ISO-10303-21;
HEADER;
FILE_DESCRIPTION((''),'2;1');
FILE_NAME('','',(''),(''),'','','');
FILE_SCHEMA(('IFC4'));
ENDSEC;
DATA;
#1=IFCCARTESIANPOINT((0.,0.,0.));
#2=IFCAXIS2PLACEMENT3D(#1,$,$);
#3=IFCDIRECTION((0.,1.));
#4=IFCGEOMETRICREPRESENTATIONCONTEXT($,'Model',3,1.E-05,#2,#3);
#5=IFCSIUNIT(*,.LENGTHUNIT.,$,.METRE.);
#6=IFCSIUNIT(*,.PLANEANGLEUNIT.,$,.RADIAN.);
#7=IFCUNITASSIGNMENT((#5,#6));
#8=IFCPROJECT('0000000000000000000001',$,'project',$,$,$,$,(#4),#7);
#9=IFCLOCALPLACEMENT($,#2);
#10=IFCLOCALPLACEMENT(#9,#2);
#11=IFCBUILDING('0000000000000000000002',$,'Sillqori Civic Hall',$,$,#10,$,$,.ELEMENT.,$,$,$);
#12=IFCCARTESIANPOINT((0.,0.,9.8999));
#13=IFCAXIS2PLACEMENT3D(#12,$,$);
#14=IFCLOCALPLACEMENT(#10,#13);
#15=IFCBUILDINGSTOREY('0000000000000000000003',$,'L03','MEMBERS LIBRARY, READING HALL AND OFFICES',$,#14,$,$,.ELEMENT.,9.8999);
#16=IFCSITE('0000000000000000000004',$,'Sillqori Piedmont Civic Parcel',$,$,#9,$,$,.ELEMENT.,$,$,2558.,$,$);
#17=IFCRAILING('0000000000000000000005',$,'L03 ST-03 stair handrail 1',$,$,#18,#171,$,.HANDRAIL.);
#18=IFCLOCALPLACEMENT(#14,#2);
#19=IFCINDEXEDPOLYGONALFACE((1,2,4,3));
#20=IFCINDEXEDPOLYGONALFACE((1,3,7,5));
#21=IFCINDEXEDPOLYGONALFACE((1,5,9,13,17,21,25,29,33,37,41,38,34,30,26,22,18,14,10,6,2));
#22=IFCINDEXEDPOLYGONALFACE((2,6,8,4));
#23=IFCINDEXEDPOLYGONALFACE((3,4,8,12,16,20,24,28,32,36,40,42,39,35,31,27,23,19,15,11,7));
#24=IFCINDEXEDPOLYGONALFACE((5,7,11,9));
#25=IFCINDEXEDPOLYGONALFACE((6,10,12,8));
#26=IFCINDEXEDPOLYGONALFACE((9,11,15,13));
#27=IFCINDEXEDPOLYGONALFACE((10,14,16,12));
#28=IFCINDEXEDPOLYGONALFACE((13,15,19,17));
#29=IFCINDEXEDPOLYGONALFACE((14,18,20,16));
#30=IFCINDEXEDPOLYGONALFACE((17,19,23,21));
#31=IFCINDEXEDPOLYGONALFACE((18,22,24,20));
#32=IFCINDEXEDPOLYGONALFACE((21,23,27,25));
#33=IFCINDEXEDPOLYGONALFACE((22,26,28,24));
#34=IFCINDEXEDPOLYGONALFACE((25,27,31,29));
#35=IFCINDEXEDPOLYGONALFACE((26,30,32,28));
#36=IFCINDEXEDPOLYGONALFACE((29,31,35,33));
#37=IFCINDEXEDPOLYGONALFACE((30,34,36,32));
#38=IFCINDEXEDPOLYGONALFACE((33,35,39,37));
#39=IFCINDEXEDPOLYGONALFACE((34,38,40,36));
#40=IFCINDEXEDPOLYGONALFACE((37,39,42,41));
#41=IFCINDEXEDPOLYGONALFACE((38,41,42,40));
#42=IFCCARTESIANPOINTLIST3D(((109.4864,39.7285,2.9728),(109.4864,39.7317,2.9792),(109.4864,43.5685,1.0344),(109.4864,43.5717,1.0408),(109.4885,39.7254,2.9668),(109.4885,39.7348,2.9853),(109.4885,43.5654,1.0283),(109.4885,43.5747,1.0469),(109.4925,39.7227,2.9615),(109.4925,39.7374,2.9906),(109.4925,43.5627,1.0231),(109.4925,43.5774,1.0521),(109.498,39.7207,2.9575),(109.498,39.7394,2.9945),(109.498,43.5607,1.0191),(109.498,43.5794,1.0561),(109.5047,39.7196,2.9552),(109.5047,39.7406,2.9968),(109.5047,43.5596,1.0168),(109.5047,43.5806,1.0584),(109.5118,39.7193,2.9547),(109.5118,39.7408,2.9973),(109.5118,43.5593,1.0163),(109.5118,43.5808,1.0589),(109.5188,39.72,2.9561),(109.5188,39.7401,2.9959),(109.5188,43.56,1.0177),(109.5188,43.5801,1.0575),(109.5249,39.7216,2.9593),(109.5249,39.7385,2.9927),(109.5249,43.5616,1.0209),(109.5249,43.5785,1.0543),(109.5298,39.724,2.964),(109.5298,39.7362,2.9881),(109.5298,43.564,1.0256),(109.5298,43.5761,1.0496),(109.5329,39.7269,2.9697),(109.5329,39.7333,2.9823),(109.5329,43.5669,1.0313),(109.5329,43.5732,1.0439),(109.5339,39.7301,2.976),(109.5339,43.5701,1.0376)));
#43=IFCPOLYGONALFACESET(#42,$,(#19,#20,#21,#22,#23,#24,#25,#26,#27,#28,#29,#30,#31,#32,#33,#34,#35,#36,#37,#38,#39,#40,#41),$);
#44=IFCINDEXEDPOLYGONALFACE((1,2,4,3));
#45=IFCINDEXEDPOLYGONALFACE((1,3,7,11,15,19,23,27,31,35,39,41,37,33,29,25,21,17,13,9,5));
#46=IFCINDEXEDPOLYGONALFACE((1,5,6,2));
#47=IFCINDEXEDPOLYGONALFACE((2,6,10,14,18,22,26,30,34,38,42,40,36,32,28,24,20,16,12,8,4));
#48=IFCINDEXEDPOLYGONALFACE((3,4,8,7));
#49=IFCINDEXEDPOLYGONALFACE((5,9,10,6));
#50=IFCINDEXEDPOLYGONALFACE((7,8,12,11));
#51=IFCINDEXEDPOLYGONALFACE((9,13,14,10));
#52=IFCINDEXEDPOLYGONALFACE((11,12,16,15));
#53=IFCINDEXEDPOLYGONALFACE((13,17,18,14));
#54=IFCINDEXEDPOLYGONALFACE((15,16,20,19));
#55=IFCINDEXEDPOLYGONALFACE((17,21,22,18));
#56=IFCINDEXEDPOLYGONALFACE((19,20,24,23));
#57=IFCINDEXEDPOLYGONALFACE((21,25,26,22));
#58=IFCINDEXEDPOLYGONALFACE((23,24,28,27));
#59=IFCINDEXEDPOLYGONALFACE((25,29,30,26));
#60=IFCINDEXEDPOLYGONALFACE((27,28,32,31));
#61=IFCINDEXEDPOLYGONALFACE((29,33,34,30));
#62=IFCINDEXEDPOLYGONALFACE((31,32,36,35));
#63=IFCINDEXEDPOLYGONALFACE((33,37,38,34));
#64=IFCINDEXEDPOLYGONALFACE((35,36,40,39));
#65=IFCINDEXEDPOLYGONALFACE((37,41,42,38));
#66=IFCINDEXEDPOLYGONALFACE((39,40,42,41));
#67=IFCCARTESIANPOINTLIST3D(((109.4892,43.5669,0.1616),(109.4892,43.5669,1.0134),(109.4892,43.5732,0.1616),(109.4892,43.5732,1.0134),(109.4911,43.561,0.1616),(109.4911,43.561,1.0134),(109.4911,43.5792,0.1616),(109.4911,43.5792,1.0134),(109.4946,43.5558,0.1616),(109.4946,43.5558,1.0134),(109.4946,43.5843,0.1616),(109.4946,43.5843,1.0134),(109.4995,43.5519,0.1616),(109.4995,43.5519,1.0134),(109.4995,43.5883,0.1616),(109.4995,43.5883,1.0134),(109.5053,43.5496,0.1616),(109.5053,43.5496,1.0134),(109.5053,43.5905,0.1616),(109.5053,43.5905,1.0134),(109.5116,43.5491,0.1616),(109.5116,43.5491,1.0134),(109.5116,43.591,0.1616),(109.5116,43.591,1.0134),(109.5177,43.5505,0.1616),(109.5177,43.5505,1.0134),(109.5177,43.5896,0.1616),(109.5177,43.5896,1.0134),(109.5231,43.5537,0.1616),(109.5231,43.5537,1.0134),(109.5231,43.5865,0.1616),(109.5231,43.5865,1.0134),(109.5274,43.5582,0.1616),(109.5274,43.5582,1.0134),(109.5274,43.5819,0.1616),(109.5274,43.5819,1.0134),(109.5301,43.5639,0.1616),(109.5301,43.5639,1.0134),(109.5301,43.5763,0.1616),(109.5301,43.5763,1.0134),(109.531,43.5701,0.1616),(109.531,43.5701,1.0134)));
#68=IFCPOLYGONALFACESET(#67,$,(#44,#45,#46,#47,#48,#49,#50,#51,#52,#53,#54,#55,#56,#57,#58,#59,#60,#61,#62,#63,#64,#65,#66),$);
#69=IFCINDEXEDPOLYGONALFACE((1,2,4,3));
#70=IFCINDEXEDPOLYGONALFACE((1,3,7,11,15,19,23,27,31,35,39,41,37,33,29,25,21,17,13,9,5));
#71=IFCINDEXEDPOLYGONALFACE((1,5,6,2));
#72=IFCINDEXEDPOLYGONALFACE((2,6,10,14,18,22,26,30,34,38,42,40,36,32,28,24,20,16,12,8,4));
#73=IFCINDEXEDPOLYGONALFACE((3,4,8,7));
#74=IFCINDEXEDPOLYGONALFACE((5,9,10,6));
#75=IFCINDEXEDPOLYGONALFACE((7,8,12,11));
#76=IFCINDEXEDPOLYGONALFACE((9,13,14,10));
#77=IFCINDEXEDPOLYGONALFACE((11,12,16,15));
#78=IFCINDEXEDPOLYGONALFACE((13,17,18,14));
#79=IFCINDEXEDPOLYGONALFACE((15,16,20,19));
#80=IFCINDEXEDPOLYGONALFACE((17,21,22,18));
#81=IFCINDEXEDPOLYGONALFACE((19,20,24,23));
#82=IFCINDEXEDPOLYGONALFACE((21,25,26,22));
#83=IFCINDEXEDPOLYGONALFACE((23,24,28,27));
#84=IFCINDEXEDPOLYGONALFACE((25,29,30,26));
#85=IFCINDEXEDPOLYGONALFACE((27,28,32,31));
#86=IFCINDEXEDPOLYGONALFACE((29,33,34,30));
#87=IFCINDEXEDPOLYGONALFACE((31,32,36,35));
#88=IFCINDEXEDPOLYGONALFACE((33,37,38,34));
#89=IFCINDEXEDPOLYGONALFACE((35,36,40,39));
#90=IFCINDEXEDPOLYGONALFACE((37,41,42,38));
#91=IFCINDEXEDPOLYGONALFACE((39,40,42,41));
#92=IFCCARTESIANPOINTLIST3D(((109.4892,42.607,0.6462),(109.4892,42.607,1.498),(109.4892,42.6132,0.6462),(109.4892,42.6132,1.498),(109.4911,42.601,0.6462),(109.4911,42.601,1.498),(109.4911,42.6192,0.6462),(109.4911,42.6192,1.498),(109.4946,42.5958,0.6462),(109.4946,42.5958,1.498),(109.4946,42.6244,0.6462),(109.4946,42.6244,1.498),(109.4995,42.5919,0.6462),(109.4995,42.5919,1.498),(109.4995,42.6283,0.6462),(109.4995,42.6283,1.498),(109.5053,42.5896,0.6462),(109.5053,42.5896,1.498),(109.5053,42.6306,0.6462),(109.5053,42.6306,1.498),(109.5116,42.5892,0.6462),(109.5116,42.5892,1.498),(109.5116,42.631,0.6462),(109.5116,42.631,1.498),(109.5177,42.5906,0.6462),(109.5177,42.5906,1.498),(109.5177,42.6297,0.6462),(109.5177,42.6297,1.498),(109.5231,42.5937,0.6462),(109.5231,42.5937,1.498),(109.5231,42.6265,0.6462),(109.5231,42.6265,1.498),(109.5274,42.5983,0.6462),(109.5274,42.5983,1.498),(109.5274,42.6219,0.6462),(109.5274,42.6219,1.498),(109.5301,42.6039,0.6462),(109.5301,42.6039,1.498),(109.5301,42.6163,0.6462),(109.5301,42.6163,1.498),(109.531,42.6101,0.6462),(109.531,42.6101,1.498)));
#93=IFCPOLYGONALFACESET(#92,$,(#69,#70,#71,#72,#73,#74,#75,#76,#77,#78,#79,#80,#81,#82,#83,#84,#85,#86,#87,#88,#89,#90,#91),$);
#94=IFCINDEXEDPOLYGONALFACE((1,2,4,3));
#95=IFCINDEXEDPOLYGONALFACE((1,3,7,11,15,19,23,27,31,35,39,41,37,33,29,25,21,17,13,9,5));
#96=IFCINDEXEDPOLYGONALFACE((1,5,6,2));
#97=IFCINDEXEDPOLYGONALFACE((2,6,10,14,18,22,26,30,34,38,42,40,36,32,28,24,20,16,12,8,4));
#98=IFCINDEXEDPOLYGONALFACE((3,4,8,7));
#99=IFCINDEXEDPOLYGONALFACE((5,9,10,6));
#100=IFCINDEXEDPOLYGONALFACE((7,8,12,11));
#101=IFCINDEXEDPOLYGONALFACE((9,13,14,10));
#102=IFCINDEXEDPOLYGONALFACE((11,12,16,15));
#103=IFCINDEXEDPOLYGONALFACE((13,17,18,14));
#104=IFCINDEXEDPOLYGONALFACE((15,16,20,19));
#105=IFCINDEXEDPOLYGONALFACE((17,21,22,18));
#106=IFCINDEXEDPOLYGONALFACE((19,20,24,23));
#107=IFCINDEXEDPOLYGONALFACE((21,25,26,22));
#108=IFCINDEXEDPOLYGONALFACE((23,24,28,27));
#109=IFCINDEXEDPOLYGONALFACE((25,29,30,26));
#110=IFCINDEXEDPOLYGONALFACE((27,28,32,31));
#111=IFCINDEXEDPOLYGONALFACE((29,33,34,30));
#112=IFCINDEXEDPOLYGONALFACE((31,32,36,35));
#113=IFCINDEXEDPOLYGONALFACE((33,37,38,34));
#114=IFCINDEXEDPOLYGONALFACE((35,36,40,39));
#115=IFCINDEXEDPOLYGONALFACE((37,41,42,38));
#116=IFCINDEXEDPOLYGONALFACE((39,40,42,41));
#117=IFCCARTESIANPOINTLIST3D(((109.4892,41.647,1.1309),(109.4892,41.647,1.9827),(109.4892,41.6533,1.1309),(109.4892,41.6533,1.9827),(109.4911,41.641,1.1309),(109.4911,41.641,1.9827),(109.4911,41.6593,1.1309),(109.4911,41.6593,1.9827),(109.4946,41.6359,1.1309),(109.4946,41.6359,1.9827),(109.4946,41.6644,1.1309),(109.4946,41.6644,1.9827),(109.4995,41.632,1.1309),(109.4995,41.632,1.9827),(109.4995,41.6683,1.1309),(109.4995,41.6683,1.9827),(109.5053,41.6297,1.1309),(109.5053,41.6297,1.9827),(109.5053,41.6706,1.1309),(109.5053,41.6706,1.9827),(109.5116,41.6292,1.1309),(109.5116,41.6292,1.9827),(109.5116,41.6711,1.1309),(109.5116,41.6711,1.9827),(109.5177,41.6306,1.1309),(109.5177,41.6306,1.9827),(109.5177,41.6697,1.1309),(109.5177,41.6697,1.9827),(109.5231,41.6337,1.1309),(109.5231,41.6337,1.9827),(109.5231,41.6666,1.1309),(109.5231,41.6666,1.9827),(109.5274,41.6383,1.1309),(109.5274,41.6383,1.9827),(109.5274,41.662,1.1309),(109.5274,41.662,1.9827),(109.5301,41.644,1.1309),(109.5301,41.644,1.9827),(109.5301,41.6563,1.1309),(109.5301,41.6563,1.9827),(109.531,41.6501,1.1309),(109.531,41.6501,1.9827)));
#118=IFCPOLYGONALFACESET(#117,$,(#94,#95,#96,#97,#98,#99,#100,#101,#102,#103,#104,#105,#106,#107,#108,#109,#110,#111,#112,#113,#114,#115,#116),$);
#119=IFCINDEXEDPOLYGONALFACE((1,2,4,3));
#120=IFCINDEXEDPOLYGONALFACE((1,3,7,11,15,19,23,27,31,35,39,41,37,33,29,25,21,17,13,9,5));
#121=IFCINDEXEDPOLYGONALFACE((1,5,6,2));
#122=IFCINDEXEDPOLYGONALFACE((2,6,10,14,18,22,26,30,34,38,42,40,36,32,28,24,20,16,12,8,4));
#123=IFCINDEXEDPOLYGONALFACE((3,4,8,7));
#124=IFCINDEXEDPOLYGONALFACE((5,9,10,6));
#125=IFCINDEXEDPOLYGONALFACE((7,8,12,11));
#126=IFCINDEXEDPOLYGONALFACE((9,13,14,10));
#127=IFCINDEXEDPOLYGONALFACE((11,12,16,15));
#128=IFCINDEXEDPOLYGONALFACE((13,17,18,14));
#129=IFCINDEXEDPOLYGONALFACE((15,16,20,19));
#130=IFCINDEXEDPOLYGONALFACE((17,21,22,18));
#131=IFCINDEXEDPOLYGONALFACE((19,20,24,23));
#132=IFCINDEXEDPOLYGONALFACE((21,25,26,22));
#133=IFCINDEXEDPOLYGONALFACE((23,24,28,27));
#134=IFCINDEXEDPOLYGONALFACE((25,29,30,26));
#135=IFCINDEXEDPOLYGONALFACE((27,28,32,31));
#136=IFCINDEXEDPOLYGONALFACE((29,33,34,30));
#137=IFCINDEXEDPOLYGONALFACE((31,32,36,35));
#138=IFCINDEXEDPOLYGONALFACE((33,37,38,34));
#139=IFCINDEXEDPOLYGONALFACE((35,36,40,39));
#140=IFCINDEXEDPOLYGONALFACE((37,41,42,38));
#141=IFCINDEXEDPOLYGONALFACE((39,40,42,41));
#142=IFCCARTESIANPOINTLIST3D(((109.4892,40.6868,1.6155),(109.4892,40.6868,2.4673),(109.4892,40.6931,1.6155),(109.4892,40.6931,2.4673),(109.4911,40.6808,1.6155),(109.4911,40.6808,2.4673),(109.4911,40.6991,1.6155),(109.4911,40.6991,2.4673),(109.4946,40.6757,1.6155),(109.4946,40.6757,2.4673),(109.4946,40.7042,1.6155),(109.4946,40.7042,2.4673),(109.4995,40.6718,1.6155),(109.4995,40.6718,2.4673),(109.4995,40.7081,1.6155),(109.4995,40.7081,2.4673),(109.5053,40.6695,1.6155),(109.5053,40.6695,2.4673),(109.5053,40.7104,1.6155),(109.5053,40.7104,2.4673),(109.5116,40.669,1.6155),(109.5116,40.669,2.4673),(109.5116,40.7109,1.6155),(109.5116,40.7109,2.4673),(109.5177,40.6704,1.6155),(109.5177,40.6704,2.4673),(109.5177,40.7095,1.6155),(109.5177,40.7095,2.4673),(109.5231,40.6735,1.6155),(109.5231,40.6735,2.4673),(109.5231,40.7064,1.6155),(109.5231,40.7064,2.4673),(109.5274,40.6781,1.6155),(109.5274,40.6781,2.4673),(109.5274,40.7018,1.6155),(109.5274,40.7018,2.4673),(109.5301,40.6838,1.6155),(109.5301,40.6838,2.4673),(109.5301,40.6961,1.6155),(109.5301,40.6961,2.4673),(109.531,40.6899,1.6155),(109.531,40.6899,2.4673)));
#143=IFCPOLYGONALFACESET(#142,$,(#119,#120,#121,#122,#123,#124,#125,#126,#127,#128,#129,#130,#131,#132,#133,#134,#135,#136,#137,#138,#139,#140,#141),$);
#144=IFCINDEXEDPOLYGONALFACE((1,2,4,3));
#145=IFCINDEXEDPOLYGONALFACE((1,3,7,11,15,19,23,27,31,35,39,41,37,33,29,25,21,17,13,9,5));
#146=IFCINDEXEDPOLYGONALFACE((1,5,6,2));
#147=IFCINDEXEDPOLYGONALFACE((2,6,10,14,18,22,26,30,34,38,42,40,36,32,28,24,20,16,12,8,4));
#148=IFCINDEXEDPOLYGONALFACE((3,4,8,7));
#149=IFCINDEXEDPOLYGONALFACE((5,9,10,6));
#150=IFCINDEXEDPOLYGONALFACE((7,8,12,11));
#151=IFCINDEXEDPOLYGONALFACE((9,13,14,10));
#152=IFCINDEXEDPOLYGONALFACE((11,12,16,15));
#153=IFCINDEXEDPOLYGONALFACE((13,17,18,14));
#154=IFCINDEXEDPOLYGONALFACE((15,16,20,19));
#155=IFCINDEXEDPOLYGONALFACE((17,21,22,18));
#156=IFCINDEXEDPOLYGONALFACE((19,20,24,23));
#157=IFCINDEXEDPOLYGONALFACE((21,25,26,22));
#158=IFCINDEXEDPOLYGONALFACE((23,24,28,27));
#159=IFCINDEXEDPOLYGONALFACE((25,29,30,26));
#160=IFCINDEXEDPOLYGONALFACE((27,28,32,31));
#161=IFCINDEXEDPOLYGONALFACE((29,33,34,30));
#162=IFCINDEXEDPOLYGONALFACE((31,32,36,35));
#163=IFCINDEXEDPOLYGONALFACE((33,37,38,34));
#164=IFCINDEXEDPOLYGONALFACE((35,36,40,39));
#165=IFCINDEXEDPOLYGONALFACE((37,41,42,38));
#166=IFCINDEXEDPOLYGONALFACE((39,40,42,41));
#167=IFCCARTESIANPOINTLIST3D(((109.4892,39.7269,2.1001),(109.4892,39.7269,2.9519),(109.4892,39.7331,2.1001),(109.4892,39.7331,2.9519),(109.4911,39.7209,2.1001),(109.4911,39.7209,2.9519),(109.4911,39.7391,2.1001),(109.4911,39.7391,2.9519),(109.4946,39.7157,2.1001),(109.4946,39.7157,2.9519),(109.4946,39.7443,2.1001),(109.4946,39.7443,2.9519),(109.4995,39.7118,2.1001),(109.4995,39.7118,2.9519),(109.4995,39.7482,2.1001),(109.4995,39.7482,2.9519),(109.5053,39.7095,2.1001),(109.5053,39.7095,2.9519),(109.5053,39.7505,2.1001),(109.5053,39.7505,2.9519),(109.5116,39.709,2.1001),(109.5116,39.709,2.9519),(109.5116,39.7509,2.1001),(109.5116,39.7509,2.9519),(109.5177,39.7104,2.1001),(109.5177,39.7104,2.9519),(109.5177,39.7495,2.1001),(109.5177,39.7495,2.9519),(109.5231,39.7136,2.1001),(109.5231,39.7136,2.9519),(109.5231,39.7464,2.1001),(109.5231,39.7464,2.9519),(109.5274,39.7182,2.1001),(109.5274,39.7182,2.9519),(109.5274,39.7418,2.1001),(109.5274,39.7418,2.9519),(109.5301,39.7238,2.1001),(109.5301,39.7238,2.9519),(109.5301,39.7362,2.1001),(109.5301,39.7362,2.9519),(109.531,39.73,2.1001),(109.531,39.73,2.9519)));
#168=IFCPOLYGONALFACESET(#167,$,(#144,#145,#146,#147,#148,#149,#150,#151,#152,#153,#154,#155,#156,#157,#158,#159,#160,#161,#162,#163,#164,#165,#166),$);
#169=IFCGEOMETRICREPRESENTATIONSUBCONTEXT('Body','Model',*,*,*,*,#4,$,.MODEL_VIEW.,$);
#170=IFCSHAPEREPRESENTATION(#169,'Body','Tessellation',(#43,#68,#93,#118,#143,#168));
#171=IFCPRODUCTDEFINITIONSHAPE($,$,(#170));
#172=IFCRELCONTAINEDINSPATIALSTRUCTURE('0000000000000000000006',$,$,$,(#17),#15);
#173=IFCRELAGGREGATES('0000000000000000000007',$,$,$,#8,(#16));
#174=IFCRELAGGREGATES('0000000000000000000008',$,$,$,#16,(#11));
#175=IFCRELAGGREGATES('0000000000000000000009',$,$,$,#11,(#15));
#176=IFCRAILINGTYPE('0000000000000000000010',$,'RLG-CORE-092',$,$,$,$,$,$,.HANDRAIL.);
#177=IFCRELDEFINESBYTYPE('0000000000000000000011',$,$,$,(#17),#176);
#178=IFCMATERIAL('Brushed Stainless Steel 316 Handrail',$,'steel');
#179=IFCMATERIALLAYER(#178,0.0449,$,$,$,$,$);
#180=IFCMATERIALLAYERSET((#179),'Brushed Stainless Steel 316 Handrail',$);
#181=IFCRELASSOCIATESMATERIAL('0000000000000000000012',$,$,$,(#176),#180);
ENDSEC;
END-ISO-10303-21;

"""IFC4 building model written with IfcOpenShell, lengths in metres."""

from ifc_helpers import new_model, si_unit, direction, frame, origin, origin_2d, place, context, subcontext, project, spatial, circle, extrude, material, layer, layer_set, type_object, element, save


model = new_model("IFC4")

# Units and contexts
model_context = context("Model", 3, precision=1e-05, world=origin(), true_north=direction((0.0, 1.0)))
body_context = subcontext(model_context, "Body", "Model", "MODEL_VIEW")
ifc_project = project(units=[si_unit("LENGTHUNIT", "METRE"), si_unit("PLANEANGLEUNIT", "RADIAN")], contexts=[model_context])

# Site, building, storey
site_placement = place(None, origin())
site = spatial("IfcSite", under=ifc_project, at=site_placement, Name="Sillqori Piedmont Civic Parcel", CompositionType="ELEMENT", RefElevation=2558.0)
building_placement = place(site_placement, origin())
building = spatial("IfcBuilding", under=site, at=building_placement, Name="Sillqori Civic Hall", CompositionType="ELEMENT")
storey_placement = place(building_placement, frame((0.0, 0.0, 9.8999)))
storey = spatial("IfcBuildingStorey", under=building, at=storey_placement, Name="L03", Description="MEMBERS LIBRARY, READING HALL AND OFFICES", CompositionType="ELEMENT", Elevation=9.8999)

# Railing
ifc_material_1 = material(Name="Brushed Stainless Steel 316 Handrail", Category="steel")
ifc_layer_1 = layer(ifc_material_1, 0.0449)
ifc_layer_set_1 = layer_set([ifc_layer_1], Name="Brushed Stainless Steel 316 Handrail")
railing_type_1 = type_object("IfcRailingType", Name="RLG-CORE-092", PredefinedType="HANDRAIL", material=ifc_layer_set_1)
railing_1_placement = place(storey_placement, frame((109.51, 43.5701, 0.1616)))
element("IfcRailing", 1, at=railing_1_placement, inside=storey, type_object=railing_type_1, Name="L03 ST-03 stair handrail 1", PredefinedType="HANDRAIL", context=body_context, shape_type="SweptSolid", body=[
    extrude(circle(Radius=0.0239, at=origin_2d()), frame((0.0, 0.0, 0.876), z_axis=(0.0, -0.892707, 0.450638), x_axis=(1.0, 0.0, 0.0)), (0.0, 0.0, 1.0), 4.3015),
    extrude(circle(Radius=0.021, at=origin_2d()), origin(), (0.0, 0.0, 1.0), 0.8518),
    extrude(circle(Radius=0.021, at=origin_2d()), frame((0.0, -0.96, 0.4846)), (0.0, 0.0, 1.0), 0.8518),
    extrude(circle(Radius=0.021, at=origin_2d()), frame((0.0, -1.9199, 0.9692)), (0.0, 0.0, 1.0), 0.8518),
    extrude(circle(Radius=0.021, at=origin_2d()), frame((0.0, -2.8801, 1.4539)), (0.0, 0.0, 1.0), 0.8518),
    extrude(circle(Radius=0.021, at=origin_2d()), frame((0.0, -3.8401, 1.9385)), (0.0, 0.0, 1.0), 0.8518),
])

save(model, "model.ifc")
